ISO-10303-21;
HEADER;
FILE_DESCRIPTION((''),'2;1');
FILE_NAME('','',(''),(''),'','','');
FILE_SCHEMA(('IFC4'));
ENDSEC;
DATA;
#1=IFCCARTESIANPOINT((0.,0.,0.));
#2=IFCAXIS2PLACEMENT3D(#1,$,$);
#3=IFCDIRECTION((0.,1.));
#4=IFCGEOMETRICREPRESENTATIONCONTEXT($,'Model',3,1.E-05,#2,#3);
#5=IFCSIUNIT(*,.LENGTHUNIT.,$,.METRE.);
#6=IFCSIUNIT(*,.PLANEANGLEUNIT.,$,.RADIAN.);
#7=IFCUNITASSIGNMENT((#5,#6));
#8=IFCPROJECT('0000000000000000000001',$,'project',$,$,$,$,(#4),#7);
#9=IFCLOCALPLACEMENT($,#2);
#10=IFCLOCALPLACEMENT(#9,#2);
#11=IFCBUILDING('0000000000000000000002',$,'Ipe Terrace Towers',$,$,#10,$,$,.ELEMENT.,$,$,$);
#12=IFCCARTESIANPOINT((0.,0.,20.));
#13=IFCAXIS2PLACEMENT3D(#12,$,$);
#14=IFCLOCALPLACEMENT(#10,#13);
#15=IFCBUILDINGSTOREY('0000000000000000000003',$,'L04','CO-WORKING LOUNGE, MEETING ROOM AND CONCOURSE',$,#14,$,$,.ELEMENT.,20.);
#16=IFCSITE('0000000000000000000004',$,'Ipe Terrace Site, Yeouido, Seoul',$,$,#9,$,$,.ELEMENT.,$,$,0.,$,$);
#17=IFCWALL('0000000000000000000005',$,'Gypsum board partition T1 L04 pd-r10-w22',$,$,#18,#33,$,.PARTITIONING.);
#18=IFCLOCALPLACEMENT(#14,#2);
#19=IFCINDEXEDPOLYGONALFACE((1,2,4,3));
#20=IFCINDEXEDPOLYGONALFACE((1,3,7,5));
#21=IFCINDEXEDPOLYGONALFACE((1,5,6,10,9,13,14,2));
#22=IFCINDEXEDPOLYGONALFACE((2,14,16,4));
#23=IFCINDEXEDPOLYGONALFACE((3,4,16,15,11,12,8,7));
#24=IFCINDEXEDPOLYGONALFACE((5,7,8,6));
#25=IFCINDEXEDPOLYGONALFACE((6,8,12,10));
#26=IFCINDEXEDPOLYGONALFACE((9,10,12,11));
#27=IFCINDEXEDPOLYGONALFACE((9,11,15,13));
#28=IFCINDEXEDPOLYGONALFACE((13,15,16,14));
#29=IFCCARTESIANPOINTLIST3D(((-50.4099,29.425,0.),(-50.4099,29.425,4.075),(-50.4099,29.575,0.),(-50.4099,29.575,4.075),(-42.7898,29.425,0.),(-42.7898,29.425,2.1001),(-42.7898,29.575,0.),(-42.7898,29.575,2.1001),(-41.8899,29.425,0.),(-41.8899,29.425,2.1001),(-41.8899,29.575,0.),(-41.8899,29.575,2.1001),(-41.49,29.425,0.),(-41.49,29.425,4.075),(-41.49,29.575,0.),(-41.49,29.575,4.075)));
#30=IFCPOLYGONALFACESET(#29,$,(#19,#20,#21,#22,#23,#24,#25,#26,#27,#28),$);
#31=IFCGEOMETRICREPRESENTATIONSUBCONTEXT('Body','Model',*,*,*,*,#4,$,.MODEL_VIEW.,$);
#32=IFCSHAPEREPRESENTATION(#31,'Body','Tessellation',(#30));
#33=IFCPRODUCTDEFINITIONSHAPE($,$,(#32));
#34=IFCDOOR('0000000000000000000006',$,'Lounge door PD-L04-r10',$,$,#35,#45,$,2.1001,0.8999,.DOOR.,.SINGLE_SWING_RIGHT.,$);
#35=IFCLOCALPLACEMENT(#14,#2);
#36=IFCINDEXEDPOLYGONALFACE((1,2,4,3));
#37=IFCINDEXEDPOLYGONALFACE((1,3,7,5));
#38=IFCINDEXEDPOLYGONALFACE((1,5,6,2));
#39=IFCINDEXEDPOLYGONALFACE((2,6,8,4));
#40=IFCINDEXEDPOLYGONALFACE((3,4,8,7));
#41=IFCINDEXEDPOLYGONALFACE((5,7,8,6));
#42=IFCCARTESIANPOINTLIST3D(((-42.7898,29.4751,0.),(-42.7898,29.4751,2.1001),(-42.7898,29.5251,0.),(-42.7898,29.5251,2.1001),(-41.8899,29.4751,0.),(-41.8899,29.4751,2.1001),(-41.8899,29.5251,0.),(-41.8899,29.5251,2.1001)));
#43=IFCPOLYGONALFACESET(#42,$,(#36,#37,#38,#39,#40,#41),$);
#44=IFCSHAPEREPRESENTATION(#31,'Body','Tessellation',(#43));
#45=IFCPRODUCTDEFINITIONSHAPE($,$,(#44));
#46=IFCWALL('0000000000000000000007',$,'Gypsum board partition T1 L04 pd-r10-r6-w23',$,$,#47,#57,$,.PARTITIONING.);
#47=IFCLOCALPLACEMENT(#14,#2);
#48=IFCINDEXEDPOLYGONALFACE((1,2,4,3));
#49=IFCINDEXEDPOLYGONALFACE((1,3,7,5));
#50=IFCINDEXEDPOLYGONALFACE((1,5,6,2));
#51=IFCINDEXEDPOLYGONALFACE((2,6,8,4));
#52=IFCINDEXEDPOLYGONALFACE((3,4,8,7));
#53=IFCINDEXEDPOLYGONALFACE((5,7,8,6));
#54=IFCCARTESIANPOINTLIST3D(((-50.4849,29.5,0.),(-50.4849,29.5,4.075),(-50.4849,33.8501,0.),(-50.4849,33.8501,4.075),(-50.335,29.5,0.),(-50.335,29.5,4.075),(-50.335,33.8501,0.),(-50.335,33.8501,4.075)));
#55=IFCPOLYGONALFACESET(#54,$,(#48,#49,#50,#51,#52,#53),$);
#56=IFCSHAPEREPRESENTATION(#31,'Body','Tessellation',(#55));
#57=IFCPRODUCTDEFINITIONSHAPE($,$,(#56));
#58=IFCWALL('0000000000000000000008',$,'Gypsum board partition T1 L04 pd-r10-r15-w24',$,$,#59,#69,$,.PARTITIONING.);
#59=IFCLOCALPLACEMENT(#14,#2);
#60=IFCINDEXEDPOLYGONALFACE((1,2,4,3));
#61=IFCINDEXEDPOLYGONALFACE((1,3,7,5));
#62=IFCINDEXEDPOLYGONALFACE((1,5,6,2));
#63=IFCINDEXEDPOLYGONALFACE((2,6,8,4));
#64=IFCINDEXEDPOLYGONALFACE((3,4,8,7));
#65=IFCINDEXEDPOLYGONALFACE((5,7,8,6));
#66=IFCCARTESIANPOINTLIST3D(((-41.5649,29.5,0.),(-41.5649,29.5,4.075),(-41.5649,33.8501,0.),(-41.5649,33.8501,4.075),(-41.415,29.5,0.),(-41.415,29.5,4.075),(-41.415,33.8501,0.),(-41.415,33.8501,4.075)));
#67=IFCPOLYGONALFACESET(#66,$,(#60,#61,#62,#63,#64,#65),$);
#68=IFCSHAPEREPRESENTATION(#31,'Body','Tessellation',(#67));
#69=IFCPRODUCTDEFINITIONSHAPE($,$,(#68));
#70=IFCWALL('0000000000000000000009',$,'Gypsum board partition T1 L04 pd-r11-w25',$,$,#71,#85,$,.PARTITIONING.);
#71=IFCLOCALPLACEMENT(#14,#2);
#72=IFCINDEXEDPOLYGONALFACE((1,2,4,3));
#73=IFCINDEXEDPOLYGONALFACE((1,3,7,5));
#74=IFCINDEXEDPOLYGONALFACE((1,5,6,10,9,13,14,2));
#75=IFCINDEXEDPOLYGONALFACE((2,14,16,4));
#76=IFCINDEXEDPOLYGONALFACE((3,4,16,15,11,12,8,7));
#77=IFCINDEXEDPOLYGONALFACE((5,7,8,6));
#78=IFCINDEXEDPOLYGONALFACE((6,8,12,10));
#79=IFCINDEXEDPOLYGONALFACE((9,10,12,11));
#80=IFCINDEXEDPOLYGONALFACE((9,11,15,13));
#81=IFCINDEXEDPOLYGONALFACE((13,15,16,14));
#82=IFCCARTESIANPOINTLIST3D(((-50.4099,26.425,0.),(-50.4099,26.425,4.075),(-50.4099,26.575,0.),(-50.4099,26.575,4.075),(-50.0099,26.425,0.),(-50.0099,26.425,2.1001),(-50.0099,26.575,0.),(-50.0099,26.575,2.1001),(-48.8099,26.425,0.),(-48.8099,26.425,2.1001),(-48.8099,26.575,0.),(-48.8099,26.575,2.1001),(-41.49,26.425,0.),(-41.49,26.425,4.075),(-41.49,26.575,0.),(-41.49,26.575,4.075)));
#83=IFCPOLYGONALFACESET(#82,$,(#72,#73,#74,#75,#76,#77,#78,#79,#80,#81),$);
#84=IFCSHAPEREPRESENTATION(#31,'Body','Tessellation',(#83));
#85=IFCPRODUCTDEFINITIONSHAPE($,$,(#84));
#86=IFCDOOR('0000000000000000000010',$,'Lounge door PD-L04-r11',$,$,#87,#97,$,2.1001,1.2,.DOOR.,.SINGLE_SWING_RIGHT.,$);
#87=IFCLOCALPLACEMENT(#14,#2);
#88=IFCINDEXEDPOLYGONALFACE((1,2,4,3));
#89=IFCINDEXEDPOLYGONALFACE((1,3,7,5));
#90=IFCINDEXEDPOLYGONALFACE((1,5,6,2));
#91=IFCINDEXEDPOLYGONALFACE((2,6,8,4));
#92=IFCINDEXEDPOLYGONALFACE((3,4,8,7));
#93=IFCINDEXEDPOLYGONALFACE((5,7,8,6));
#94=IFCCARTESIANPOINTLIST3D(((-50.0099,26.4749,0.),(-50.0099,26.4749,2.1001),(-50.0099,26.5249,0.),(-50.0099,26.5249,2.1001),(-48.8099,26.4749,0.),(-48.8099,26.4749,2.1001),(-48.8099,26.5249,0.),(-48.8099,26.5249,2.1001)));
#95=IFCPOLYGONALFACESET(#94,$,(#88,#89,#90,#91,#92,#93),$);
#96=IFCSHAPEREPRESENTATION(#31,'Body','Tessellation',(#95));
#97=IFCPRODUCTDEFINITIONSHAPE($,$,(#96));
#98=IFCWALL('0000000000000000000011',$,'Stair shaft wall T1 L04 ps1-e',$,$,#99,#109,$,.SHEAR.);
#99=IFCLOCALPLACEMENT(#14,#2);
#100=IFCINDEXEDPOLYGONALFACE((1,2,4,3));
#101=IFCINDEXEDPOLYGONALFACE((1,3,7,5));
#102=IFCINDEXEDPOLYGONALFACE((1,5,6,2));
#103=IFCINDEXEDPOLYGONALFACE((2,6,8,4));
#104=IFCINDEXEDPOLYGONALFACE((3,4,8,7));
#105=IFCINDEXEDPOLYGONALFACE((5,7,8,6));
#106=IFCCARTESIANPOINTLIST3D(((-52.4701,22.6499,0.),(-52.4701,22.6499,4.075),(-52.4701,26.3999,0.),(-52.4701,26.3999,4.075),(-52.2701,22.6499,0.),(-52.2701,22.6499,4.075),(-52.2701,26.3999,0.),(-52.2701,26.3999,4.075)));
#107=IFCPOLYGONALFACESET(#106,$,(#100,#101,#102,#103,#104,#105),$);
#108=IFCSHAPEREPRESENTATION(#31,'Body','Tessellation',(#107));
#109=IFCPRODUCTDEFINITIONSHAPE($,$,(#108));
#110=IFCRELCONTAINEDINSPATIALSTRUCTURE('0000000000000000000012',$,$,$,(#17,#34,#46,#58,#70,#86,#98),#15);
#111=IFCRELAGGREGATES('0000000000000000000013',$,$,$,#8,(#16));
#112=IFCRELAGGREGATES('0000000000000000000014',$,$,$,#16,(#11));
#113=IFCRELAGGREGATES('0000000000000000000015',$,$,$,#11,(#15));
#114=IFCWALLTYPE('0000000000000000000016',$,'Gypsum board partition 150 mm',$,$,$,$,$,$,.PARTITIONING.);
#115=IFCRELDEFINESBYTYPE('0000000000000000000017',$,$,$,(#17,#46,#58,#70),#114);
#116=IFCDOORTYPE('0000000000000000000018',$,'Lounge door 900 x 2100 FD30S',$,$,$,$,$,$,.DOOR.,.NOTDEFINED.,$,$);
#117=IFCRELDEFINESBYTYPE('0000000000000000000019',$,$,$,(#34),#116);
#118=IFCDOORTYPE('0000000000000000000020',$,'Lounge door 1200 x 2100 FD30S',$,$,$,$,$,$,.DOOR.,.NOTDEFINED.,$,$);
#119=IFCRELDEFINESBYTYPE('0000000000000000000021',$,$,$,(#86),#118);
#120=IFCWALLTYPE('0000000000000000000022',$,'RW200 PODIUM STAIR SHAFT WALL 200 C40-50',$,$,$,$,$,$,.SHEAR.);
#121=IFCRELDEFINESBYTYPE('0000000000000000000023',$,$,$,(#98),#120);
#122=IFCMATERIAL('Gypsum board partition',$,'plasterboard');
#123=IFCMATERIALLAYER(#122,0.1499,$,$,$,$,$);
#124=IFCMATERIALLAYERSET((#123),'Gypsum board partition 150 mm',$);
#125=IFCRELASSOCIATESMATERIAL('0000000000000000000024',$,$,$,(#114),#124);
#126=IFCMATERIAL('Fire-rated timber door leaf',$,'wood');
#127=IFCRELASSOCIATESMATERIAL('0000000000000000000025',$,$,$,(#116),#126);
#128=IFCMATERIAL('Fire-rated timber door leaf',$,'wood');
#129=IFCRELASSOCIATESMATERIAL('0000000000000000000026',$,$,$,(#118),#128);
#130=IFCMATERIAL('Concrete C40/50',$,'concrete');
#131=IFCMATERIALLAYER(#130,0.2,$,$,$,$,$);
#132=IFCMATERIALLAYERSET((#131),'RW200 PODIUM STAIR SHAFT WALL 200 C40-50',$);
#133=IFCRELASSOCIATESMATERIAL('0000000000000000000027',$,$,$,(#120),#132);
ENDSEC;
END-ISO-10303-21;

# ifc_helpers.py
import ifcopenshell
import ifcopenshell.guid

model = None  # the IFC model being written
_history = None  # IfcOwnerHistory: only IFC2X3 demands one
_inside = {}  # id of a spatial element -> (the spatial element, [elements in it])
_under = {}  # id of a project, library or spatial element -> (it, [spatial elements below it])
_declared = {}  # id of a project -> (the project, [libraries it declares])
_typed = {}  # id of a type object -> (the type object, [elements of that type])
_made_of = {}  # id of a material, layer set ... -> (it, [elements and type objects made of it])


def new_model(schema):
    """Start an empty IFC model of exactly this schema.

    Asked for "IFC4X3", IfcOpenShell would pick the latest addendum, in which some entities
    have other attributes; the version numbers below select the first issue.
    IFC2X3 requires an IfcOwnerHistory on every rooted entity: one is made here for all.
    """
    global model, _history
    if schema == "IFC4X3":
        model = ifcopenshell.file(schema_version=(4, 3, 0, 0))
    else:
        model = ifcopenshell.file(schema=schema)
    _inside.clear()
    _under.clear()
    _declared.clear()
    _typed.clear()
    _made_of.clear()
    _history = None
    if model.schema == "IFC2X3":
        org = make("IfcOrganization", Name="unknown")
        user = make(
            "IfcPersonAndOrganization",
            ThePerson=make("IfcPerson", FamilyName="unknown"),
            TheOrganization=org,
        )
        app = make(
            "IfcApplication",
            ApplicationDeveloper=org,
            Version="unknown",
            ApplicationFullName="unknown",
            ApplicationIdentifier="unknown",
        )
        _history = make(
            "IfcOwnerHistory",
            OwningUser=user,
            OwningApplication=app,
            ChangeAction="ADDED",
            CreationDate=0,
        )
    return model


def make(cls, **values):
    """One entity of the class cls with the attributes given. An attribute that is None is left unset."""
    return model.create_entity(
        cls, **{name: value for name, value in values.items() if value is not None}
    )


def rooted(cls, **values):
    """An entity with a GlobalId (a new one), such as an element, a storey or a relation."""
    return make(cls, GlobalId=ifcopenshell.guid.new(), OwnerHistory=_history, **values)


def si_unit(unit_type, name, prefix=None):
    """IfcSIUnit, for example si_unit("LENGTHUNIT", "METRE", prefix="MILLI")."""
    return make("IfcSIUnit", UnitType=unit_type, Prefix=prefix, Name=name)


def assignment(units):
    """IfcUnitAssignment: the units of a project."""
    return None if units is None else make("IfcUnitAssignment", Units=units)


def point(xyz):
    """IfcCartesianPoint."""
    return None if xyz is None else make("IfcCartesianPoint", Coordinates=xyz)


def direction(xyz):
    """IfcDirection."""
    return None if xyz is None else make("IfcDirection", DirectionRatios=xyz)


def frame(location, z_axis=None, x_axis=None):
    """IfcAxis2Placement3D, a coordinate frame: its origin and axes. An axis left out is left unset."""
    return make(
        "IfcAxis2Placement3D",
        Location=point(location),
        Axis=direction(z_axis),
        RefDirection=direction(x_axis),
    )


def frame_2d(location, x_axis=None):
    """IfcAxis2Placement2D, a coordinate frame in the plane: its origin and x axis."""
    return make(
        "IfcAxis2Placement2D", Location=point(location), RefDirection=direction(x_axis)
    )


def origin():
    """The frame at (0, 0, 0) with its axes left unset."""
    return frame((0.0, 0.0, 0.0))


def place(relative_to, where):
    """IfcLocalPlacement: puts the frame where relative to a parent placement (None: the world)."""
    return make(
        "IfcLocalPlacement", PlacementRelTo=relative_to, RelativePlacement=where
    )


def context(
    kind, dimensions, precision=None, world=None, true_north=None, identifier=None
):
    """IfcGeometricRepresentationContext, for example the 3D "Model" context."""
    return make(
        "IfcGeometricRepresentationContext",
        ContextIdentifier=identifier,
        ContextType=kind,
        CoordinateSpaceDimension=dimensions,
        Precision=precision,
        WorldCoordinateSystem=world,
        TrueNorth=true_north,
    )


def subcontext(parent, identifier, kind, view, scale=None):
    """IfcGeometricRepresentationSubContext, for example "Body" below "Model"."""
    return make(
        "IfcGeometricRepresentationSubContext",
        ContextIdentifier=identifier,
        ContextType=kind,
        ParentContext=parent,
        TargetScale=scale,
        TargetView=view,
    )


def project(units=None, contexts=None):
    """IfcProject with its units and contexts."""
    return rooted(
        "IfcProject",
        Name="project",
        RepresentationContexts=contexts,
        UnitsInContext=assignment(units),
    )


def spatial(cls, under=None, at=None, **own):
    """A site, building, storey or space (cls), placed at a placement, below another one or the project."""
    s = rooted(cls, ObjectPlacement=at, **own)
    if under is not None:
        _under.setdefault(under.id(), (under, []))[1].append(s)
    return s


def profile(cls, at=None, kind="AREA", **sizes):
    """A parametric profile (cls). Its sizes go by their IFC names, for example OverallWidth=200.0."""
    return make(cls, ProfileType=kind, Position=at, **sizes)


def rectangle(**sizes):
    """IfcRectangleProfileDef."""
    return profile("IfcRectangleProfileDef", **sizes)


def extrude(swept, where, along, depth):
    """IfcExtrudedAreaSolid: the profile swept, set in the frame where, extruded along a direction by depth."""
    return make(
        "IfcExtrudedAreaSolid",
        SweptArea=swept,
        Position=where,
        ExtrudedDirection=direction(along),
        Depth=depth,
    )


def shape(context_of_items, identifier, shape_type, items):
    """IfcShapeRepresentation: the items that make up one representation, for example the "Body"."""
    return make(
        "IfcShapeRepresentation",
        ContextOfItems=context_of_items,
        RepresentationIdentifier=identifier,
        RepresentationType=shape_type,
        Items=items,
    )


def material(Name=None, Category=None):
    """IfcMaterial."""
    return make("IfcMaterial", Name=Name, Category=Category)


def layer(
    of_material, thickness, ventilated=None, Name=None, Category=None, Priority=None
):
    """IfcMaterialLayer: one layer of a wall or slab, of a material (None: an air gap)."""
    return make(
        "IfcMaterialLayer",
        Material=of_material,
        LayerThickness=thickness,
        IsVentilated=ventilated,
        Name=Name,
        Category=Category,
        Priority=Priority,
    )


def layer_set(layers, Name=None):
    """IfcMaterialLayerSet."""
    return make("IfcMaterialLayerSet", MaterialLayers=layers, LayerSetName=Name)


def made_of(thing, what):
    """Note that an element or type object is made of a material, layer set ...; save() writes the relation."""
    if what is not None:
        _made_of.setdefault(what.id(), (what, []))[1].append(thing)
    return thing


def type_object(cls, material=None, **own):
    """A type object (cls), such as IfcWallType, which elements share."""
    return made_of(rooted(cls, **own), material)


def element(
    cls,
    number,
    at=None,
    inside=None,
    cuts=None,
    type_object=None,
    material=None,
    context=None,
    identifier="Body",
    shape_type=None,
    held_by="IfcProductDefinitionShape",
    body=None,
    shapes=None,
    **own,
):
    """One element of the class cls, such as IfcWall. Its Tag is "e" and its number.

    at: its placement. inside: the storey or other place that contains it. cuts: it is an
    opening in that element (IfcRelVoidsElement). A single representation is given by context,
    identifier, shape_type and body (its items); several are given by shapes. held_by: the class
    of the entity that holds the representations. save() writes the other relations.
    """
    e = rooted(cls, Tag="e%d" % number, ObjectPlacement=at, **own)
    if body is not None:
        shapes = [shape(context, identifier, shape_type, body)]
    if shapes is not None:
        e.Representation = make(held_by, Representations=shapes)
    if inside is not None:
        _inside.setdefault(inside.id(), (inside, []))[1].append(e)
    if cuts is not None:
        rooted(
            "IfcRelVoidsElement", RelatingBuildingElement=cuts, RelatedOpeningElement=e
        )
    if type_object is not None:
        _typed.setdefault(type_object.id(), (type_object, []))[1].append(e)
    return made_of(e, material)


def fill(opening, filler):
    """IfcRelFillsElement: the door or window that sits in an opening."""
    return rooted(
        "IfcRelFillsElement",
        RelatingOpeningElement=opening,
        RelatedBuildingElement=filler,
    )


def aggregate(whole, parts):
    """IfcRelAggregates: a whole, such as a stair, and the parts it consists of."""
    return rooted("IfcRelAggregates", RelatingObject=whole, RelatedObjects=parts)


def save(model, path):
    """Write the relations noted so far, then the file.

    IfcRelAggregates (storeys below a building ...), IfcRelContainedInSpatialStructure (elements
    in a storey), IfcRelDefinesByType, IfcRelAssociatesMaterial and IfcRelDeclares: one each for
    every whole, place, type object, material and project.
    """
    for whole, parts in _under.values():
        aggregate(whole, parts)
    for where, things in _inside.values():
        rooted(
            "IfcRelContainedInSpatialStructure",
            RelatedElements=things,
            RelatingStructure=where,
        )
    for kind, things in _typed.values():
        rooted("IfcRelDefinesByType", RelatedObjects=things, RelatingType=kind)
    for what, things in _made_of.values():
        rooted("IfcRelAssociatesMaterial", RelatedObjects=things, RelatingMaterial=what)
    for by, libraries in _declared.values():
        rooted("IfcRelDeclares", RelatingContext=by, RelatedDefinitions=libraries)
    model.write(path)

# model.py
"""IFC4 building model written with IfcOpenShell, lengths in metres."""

from ifc_helpers import new_model, si_unit, direction, frame, frame_2d, origin, place, context, subcontext, project, spatial, rectangle, extrude, material, layer, layer_set, type_object, element, fill, save


model = new_model("IFC4")

# Units and contexts
model_context = context("Model", 3, precision=1e-05, world=origin(), true_north=direction((0.0, 1.0)))
body_context = subcontext(model_context, "Body", "Model", "MODEL_VIEW")
ifc_project = project(units=[si_unit("LENGTHUNIT", "METRE"), si_unit("PLANEANGLEUNIT", "RADIAN")], contexts=[model_context])

# Site, building, storey
site_placement = place(None, origin())
site = spatial("IfcSite", under=ifc_project, at=site_placement, Name="Ipe Terrace Site, Yeouido, Seoul", CompositionType="ELEMENT", RefElevation=0.0)
building_placement = place(site_placement, origin())
building = spatial("IfcBuilding", under=site, at=building_placement, Name="Ipe Terrace Towers", CompositionType="ELEMENT")
storey_placement = place(building_placement, frame((0.0, 0.0, 20.0)))
storey = spatial("IfcBuildingStorey", under=building, at=storey_placement, Name="L04", Description="CO-WORKING LOUNGE, MEETING ROOM AND CONCOURSE", CompositionType="ELEMENT", Elevation=20.0)

# Shared definitions
ifc_material_1 = material(Name="Gypsum board partition", Category="plasterboard")
ifc_layer_1 = layer(ifc_material_1, 0.1499)
ifc_layer_set_1 = layer_set([ifc_layer_1], Name="Gypsum board partition 150 mm")
wall_type_1 = type_object("IfcWallType", Name="Gypsum board partition 150 mm", PredefinedType="PARTITIONING", material=ifc_layer_set_1)
ifc_material_2 = material(Name="Fire-rated timber door leaf", Category="wood")
door_type_1 = type_object("IfcDoorType", Name="Lounge door 900 x 2100 FD30S", OperationType="NOTDEFINED", PredefinedType="DOOR", material=ifc_material_2)

# Wall, opening, door
wall_1_placement = place(storey_placement, frame((-41.49, 29.5, 0.0), z_axis=(0.0, 0.0, 1.0), x_axis=(-1.0, 0.0, 0.0)))
wall_1 = element("IfcWall", 1, at=wall_1_placement, inside=storey, type_object=wall_type_1, Name="Gypsum board partition T1 L04 pd-r10-w22", PredefinedType="PARTITIONING", context=body_context, shape_type="SweptSolid", body=[
    extrude(rectangle(XDim=8.9199, YDim=0.1499, at=frame_2d((4.46, 0.0))), origin(), (0.0, 0.0, 1.0), 4.075),
])
opening_1_placement = place(wall_1_placement, frame((0.3999, 0.0, 0.0)))
opening_1 = element("IfcOpeningElement", 2, at=opening_1_placement, cuts=wall_1, PredefinedType="OPENING", context=body_context, shape_type="SweptSolid", body=[
    extrude(rectangle(XDim=0.8999, YDim=2.1001, at=frame_2d((0.45, 1.05))), frame((0.0, 0.085, 0.0), z_axis=(0.0, -1.0, 0.0), x_axis=(1.0, 0.0, 0.0)), (0.0, 0.0, 1.0), 0.1699),
])
door_1_placement = place(opening_1_placement, origin())
door_1 = element("IfcDoor", 3, at=door_1_placement, inside=storey, type_object=door_type_1, Name="Lounge door PD-L04-r10", OperationType="SINGLE_SWING_RIGHT", OverallHeight=2.1001, OverallWidth=0.8999, PredefinedType="DOOR", context=body_context, shape_type="SweptSolid", body=[
    extrude(rectangle(XDim=0.8999, YDim=2.1001, at=frame_2d((0.45, 1.05))), frame((0.0, 0.0249, 0.0), z_axis=(0.0, -1.0, 0.0), x_axis=(1.0, 0.0, 0.0)), (0.0, 0.0, 1.0), 0.05),
])
fill(opening_1, door_1)

# Walls
for number, where, z_axis, x_axis, name in (
    (4, (-50.4099, 29.5, 0.0), (0.0, 0.0, 1.0), (0.0, 1.0, 0.0), "Gypsum board partition T1 L04 pd-r10-r6-w23"),
    (5, (-41.49, 33.8501, 0.0), (0.0, 0.0, 1.0), (0.0, -1.0, 0.0), "Gypsum board partition T1 L04 pd-r10-r15-w24"),
):
    element("IfcWall", number, at=place(storey_placement, frame(where, z_axis=z_axis, x_axis=x_axis)), inside=storey, type_object=wall_type_1, Name=name, PredefinedType="PARTITIONING", context=body_context, shape_type="SweptSolid", body=[
        extrude(rectangle(XDim=4.3501, YDim=0.1499, at=frame_2d((2.175, 0.0))), origin(), (0.0, 0.0, 1.0), 4.075),
    ])

# Wall, opening, door
wall_2_placement = place(storey_placement, frame((-50.4099, 26.5, 0.0), z_axis=(0.0, 0.0, 1.0), x_axis=(1.0, 0.0, 0.0)))
wall_2 = element("IfcWall", 6, at=wall_2_placement, inside=storey, type_object=wall_type_1, Name="Gypsum board partition T1 L04 pd-r11-w25", PredefinedType="PARTITIONING", context=body_context, shape_type="SweptSolid", body=[
    extrude(rectangle(XDim=8.9199, YDim=0.1499, at=frame_2d((4.46, 0.0))), origin(), (0.0, 0.0, 1.0), 4.075),
])
opening_2_placement = place(wall_2_placement, frame((0.3999, 0.0, 0.0)))
opening_2 = element("IfcOpeningElement", 7, at=opening_2_placement, cuts=wall_2, PredefinedType="OPENING", context=body_context, shape_type="SweptSolid", body=[
    extrude(rectangle(XDim=1.2, YDim=2.1001, at=frame_2d((0.6001, 1.05))), frame((0.0, 0.085, 0.0), z_axis=(0.0, -1.0, 0.0), x_axis=(1.0, 0.0, 0.0)), (0.0, 0.0, 1.0), 0.1699),
])
ifc_material_3 = material(Name="Fire-rated timber door leaf", Category="wood")
door_type_2 = type_object("IfcDoorType", Name="Lounge door 1200 x 2100 FD30S", OperationType="NOTDEFINED", PredefinedType="DOOR", material=ifc_material_3)
door_2_placement = place(opening_2_placement, origin())
door_2 = element("IfcDoor", 8, at=door_2_placement, inside=storey, type_object=door_type_2, Name="Lounge door PD-L04-r11", OperationType="SINGLE_SWING_RIGHT", OverallHeight=2.1001, OverallWidth=1.2, PredefinedType="DOOR", context=body_context, shape_type="SweptSolid", body=[
    extrude(rectangle(XDim=1.2, YDim=2.1001, at=frame_2d((0.6001, 1.05))), frame((0.0, 0.0249, 0.0), z_axis=(0.0, -1.0, 0.0), x_axis=(1.0, 0.0, 0.0)), (0.0, 0.0, 1.0), 0.05),
])
fill(opening_2, door_2)

# Wall
ifc_material_4 = material(Name="Concrete C40/50", Category="concrete")
ifc_layer_2 = layer(ifc_material_4, 0.2)
ifc_layer_set_2 = layer_set([ifc_layer_2], Name="RW200 PODIUM STAIR SHAFT WALL 200 C40-50")
wall_type_2 = type_object("IfcWallType", Name="RW200 PODIUM STAIR SHAFT WALL 200 C40-50", PredefinedType="SHEAR", material=ifc_layer_set_2)
wall_3_placement = place(storey_placement, frame((-52.3701, 22.6499, 0.0), z_axis=(0.0, 0.0, 1.0), x_axis=(0.0, 1.0, 0.0)))
element("IfcWall", 9, at=wall_3_placement, inside=storey, type_object=wall_type_2, Name="Stair shaft wall T1 L04 ps1-e", PredefinedType="SHEAR", context=body_context, shape_type="SweptSolid", body=[
    extrude(rectangle(XDim=3.75, YDim=0.2, at=frame_2d((1.875, 0.0))), origin(), (0.0, 0.0, 1.0), 4.075),
])

save(model, "model.ifc")
